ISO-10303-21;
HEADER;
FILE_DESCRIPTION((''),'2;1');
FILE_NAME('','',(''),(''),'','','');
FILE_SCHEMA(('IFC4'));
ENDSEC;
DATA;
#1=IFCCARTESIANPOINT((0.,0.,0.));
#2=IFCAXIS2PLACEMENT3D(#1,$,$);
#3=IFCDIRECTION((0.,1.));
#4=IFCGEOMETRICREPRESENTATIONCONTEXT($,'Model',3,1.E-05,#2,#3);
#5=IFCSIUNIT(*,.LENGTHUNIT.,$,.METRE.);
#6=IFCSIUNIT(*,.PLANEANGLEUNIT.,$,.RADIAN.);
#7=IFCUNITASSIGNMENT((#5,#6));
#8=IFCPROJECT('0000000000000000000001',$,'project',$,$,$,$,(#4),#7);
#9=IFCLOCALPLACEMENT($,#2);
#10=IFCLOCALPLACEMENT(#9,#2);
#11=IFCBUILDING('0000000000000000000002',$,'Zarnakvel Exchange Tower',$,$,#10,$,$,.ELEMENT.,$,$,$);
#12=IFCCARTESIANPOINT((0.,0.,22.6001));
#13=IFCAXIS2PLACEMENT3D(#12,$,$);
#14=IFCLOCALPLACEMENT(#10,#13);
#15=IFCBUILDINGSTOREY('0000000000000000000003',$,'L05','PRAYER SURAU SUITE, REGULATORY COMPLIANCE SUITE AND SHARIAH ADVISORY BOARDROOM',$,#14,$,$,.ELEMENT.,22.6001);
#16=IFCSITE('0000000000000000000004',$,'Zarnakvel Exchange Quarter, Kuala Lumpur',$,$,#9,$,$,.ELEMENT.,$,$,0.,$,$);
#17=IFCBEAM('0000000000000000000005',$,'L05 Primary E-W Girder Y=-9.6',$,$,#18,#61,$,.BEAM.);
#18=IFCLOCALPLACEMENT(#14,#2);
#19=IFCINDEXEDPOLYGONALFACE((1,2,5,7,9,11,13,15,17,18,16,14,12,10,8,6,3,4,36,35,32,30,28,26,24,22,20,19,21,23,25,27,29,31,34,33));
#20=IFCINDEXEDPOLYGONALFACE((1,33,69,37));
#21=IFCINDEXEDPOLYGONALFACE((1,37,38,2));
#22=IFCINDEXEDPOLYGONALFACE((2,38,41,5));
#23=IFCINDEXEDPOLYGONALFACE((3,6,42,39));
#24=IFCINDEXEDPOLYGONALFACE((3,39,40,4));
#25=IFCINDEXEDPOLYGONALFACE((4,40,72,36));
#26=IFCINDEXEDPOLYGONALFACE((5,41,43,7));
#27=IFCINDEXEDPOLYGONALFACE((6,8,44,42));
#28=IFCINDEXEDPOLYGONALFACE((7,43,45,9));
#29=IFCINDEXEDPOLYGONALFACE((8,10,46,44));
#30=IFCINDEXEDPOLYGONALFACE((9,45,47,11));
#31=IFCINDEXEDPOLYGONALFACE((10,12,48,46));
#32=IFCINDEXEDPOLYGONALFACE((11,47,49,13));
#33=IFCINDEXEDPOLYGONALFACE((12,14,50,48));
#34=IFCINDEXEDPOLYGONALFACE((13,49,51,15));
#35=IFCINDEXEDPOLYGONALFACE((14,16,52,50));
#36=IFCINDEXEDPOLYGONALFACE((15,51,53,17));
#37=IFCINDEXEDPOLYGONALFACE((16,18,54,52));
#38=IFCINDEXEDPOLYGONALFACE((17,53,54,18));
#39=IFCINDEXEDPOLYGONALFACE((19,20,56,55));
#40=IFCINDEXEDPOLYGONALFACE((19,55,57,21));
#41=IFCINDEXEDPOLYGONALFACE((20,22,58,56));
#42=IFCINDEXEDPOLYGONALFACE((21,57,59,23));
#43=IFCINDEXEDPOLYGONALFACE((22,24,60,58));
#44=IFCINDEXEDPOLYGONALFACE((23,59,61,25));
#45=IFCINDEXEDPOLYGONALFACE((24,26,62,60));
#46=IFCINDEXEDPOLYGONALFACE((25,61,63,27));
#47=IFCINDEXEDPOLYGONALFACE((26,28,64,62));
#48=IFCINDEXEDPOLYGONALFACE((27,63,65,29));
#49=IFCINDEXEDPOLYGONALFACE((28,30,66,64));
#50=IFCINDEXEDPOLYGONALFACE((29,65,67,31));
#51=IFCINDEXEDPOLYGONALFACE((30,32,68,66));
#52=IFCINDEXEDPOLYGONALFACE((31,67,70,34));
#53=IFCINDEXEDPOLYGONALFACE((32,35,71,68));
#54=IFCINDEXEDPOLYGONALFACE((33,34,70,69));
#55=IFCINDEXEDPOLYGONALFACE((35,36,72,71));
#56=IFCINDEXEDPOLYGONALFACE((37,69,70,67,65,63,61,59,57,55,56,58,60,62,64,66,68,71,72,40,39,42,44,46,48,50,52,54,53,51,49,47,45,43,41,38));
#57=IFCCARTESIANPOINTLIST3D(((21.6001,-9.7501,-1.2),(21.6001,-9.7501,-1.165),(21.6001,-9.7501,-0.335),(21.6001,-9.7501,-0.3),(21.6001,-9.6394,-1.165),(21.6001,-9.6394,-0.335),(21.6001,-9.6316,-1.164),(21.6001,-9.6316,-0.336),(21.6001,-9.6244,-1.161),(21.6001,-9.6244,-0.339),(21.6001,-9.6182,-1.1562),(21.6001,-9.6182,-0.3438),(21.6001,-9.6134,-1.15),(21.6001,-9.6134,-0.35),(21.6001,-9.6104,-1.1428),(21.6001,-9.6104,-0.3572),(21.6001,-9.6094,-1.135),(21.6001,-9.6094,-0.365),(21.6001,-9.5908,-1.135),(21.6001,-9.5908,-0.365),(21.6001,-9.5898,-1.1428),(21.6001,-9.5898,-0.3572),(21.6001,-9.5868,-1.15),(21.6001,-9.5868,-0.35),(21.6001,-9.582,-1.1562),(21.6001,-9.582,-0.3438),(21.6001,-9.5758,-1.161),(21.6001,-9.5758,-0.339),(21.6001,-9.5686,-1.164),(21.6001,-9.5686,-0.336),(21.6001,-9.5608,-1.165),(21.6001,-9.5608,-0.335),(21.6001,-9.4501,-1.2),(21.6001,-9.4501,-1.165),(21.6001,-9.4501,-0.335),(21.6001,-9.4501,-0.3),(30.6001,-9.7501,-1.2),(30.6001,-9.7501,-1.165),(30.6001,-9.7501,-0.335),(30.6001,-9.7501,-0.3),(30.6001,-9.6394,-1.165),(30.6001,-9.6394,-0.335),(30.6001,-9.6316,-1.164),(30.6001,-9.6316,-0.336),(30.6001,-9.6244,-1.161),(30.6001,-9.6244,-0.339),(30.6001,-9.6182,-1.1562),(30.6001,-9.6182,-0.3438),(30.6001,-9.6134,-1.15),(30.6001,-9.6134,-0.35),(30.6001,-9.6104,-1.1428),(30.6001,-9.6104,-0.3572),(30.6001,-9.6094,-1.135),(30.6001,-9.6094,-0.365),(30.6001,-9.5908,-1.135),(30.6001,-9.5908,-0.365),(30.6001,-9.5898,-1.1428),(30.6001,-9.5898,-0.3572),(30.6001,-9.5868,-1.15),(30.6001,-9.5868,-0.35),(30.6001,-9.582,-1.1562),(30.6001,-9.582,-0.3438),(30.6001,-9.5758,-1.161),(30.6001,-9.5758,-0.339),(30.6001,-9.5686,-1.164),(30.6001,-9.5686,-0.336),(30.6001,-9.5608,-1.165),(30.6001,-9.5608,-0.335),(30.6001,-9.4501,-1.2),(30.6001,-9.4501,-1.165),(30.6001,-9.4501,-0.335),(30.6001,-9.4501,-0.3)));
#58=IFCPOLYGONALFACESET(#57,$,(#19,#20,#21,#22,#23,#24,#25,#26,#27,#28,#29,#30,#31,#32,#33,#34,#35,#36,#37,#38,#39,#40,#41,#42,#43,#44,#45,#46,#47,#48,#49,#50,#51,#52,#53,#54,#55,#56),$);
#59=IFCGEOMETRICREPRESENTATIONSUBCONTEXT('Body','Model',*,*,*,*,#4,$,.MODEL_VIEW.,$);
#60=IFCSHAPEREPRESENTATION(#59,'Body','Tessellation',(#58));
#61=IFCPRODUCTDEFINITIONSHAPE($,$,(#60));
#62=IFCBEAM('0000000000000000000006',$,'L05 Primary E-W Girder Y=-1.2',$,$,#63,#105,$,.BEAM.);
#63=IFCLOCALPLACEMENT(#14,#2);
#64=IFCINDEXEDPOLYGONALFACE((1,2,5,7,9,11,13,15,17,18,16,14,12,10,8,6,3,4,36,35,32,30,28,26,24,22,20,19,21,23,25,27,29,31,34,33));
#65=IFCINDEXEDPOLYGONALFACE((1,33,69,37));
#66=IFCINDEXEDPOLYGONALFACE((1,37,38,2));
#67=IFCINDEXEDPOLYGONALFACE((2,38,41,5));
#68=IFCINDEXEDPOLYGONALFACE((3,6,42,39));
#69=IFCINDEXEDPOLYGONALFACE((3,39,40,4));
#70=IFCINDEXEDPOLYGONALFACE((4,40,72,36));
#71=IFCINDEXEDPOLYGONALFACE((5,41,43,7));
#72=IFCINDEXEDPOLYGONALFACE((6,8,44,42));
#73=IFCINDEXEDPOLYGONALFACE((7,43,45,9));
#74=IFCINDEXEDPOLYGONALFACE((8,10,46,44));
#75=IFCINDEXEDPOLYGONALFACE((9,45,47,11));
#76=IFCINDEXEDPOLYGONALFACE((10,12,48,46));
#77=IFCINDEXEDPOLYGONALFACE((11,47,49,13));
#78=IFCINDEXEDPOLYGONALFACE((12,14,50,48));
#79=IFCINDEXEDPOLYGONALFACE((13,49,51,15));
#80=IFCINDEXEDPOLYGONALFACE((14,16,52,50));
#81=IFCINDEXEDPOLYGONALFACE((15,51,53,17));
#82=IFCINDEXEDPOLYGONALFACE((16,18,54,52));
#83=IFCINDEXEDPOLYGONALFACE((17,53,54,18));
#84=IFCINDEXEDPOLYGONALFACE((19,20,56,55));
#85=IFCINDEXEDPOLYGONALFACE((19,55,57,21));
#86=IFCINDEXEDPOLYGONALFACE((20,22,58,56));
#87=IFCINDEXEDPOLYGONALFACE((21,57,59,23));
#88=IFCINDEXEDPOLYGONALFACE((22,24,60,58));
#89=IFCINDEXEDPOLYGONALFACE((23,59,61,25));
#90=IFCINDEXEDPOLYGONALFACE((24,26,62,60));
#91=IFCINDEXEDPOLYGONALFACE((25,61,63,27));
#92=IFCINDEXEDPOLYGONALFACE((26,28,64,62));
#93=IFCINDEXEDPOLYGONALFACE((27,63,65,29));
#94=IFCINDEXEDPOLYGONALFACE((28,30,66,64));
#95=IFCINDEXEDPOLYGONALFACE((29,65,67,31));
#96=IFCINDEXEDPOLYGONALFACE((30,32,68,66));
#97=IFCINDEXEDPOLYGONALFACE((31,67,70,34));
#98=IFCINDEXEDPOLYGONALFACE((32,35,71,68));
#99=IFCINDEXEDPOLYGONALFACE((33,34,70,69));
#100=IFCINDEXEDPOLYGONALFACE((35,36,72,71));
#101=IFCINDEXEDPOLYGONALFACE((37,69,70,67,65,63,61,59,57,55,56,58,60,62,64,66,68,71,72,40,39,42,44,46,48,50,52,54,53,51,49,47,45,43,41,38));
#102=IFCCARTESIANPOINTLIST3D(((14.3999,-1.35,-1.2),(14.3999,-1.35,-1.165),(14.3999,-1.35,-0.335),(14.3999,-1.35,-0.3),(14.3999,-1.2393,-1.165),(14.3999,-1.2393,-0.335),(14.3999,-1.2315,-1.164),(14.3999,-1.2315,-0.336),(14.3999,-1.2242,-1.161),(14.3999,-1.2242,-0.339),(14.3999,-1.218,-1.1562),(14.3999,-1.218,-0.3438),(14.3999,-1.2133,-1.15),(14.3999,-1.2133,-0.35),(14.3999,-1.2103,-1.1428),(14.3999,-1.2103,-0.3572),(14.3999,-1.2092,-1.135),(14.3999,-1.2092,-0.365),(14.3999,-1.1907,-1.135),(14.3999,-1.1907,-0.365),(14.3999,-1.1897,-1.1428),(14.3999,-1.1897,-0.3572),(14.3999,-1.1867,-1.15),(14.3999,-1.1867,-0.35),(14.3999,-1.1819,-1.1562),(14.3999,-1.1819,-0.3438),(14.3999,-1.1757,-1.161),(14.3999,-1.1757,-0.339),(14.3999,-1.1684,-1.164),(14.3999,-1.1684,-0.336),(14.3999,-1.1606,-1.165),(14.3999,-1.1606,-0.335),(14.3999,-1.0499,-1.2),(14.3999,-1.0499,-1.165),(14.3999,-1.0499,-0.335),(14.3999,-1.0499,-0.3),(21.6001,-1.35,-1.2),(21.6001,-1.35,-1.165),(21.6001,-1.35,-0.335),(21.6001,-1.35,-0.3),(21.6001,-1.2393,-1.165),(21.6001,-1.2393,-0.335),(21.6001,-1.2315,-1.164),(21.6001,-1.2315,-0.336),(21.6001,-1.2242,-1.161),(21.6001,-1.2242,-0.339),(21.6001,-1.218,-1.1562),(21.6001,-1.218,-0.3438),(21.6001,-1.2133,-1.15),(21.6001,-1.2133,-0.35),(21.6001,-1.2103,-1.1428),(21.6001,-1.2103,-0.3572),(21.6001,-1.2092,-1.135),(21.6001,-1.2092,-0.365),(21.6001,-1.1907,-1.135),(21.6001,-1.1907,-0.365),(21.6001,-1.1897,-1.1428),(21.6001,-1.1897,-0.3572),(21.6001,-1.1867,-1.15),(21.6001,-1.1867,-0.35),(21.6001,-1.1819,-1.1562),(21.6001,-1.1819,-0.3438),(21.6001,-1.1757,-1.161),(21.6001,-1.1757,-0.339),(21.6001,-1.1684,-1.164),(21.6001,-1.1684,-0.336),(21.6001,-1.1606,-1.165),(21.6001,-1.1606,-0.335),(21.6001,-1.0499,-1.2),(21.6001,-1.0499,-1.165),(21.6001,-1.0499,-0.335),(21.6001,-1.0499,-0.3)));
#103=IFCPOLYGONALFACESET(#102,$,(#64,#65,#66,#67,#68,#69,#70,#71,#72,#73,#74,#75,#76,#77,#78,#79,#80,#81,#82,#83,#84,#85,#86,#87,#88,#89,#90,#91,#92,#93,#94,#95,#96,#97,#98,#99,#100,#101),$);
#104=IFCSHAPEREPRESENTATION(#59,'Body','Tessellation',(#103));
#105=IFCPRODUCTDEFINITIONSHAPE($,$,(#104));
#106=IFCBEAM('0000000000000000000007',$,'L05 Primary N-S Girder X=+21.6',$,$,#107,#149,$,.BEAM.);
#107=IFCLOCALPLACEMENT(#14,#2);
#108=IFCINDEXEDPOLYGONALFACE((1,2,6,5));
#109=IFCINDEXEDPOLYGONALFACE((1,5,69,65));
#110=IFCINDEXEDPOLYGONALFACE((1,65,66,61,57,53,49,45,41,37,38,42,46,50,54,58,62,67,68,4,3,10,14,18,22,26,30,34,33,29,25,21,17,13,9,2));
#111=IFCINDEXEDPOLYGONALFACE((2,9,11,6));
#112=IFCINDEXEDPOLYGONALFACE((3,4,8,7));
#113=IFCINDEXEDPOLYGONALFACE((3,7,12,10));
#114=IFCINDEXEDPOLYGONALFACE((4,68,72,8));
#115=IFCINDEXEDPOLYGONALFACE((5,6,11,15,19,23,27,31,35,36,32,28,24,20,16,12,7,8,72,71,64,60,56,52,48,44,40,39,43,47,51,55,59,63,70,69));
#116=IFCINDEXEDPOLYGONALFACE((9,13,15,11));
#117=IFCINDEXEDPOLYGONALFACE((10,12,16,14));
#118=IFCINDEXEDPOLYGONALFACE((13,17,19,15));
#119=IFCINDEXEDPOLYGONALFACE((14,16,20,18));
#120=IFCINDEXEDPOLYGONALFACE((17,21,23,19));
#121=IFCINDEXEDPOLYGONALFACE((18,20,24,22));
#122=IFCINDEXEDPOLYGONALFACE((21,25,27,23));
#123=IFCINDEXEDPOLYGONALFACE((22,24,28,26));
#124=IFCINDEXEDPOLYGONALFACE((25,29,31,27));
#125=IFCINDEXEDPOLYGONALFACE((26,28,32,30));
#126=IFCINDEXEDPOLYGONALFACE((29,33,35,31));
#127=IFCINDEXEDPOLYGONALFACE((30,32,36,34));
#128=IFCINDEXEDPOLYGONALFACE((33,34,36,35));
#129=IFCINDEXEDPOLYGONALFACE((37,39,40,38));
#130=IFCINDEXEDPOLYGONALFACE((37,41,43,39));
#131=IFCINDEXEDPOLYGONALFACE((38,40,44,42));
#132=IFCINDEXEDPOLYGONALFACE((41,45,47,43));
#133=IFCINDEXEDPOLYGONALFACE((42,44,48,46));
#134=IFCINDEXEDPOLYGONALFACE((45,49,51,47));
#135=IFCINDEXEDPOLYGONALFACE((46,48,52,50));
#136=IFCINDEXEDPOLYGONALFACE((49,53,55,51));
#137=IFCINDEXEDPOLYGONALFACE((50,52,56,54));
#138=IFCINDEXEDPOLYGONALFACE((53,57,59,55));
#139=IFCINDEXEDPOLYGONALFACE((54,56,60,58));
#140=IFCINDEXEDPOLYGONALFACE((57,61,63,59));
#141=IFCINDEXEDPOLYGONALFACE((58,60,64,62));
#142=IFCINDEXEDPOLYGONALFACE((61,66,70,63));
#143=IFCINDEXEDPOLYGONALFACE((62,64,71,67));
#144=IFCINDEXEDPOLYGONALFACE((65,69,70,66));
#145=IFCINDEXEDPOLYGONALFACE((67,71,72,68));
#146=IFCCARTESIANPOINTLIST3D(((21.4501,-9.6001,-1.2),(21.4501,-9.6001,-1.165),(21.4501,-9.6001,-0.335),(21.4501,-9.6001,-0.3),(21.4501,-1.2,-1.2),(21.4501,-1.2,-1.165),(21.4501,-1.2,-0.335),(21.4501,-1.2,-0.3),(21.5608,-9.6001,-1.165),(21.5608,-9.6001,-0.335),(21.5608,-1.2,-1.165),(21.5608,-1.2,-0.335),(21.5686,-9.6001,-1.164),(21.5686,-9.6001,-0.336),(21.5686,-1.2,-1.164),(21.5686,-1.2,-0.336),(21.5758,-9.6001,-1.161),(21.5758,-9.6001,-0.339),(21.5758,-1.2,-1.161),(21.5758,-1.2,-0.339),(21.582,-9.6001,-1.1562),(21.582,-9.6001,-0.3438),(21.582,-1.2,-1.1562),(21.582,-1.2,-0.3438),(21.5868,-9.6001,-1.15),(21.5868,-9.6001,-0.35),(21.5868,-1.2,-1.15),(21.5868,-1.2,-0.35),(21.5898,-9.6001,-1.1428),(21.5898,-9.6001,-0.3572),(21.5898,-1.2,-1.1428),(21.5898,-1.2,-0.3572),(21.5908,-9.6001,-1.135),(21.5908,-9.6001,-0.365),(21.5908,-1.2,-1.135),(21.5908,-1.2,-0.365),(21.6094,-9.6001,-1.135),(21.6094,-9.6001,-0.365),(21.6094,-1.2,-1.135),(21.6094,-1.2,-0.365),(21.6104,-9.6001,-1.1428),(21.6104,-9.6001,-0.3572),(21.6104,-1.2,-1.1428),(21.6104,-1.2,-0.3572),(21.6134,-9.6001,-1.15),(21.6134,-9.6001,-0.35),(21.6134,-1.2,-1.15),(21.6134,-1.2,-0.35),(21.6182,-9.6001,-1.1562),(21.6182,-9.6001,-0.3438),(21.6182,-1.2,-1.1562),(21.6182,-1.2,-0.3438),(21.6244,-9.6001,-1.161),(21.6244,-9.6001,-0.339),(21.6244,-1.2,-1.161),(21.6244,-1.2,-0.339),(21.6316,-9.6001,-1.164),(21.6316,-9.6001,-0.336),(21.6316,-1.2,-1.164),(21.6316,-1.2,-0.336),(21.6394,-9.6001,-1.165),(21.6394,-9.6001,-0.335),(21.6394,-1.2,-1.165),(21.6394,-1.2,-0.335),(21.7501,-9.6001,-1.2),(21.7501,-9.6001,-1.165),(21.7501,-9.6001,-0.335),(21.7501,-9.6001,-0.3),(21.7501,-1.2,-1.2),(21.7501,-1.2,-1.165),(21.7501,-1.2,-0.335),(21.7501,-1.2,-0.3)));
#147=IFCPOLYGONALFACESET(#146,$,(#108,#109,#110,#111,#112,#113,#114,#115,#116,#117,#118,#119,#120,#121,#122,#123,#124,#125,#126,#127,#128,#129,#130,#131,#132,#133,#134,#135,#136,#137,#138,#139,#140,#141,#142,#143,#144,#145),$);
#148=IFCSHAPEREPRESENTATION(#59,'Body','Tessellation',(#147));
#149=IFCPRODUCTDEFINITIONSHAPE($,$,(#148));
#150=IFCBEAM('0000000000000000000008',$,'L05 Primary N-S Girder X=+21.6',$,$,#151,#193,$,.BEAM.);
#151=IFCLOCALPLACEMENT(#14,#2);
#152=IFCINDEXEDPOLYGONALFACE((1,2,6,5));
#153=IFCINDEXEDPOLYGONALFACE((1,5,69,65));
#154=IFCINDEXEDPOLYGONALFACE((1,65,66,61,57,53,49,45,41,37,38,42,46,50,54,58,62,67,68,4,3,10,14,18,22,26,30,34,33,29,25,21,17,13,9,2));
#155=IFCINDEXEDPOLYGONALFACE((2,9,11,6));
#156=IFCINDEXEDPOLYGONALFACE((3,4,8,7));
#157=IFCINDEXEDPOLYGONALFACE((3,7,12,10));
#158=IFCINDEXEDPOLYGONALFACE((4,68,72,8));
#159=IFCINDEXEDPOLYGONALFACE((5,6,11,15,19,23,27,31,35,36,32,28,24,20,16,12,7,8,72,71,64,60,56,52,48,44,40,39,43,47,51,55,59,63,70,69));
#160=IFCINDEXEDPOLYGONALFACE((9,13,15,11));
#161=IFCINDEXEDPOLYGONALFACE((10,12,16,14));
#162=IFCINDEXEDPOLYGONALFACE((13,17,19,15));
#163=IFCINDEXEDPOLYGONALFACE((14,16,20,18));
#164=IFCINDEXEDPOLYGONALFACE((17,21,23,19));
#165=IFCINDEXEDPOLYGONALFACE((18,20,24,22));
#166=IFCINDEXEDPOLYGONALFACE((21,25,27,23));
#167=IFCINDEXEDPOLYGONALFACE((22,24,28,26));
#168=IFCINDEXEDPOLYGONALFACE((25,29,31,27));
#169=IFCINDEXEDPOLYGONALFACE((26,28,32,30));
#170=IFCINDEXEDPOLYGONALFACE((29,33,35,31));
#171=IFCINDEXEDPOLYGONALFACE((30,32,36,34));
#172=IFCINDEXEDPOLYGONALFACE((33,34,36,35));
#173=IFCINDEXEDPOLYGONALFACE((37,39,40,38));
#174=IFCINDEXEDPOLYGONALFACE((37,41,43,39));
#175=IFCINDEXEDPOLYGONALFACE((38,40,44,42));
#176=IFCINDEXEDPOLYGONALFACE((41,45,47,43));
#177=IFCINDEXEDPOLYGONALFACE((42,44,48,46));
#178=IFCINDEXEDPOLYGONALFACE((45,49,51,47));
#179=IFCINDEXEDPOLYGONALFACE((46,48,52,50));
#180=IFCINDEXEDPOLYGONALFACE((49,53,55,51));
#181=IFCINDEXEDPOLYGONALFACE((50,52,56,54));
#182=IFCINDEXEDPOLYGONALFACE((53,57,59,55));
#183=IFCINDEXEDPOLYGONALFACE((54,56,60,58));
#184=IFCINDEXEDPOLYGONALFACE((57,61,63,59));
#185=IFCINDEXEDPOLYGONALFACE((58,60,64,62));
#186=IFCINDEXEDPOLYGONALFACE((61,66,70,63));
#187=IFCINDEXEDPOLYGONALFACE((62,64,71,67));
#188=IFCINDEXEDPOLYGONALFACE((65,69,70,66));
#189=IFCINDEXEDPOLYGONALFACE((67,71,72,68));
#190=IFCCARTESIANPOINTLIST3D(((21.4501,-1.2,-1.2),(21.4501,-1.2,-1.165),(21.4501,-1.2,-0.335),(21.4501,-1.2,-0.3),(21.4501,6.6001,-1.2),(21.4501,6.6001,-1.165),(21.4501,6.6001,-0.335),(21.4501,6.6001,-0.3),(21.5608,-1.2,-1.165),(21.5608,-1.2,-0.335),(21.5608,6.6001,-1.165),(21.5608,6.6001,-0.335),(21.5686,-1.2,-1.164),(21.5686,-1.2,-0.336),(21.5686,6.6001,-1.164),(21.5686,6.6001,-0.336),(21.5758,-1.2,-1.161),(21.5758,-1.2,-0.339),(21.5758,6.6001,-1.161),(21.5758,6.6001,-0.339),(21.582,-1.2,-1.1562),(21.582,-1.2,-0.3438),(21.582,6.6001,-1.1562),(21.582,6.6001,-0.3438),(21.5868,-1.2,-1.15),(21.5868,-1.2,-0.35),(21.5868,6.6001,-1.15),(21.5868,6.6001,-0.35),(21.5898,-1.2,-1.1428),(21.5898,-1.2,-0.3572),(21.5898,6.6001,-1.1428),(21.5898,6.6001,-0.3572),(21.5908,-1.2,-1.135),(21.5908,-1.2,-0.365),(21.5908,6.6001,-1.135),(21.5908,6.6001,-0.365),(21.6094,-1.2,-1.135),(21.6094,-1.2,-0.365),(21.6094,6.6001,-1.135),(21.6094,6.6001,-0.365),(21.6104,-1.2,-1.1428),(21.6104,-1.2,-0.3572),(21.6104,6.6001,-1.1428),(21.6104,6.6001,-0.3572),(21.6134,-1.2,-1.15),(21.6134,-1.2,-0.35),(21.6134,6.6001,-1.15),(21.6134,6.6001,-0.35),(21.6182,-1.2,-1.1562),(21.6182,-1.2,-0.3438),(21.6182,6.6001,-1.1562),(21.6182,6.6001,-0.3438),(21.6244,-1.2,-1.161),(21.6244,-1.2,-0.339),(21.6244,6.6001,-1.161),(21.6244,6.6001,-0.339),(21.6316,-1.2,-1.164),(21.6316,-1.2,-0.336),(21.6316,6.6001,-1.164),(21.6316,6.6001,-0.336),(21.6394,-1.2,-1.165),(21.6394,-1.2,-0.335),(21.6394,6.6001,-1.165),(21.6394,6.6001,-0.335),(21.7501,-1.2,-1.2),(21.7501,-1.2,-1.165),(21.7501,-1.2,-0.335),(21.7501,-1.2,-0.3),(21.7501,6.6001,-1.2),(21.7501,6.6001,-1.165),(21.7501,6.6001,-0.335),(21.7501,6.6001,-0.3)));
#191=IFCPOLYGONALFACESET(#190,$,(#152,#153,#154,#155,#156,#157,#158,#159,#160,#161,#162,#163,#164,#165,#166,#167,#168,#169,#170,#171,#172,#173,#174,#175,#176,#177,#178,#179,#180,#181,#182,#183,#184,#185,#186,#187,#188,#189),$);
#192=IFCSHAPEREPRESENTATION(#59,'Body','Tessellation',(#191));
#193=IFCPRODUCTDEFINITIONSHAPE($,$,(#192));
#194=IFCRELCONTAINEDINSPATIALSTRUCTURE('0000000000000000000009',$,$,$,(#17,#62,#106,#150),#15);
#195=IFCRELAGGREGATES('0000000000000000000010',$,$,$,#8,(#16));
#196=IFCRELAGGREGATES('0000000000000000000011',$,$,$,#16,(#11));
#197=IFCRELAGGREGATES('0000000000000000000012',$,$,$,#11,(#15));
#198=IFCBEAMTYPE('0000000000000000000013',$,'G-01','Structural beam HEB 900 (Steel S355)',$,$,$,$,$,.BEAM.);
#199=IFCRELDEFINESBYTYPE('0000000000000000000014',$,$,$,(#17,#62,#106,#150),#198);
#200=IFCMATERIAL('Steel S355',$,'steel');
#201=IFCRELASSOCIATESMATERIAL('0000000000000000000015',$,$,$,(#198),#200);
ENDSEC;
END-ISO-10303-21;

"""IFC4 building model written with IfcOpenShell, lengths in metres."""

from ifc_helpers import new_model, si_unit, direction, frame, origin, origin_2d, place, context, subcontext, project, spatial, i_section, extrude, material, material_profile, profile_set, type_object, element, save


model = new_model("IFC4")

# Units and contexts
model_context = context("Model", 3, precision=1e-05, world=origin(), true_north=direction((0.0, 1.0)))
body_context = subcontext(model_context, "Body", "Model", "MODEL_VIEW")
ifc_project = project(units=[si_unit("LENGTHUNIT", "METRE"), si_unit("PLANEANGLEUNIT", "RADIAN")], contexts=[model_context])

# Site, building, storey
site_placement = place(None, origin())
site = spatial("IfcSite", under=ifc_project, at=site_placement, Name="Zarnakvel Exchange Quarter, Kuala Lumpur", CompositionType="ELEMENT", RefElevation=0.0)
building_placement = place(site_placement, origin())
building = spatial("IfcBuilding", under=site, at=building_placement, Name="Zarnakvel Exchange Tower", CompositionType="ELEMENT")
storey_placement = place(building_placement, frame((0.0, 0.0, 22.6001)))
storey = spatial("IfcBuildingStorey", under=building, at=storey_placement, Name="L05", Description="PRAYER SURAU SUITE, REGULATORY COMPLIANCE SUITE AND SHARIAH ADVISORY BOARDROOM", CompositionType="ELEMENT", Elevation=22.6001)

# Beams
ifc_material_1 = material(Name="Steel S355", Category="steel")
ifc_material_profile_1 = material_profile(ifc_material_1, i_section(OverallWidth=0.3, OverallDepth=0.8999, WebThickness=0.0186, FlangeThickness=0.0349, FilletRadius=0.03, at=origin_2d()))
ifc_profile_set_1 = profile_set([ifc_material_profile_1], Name="Steel S355")
beam_type_1 = type_object("IfcBeamType", Name="G-01", Description="Structural beam HEB 900 (Steel S355)", PredefinedType="BEAM", material=ifc_profile_set_1)
beam_1_placement = place(storey_placement, frame((21.6001, -9.6001, -0.75), z_axis=(1.0, 0.0, 0.0), x_axis=(0.0, 1.0, 0.0)))
element("IfcBeam", 1, at=beam_1_placement, inside=storey, type_object=beam_type_1, Name="L05 Primary E-W Girder Y=-9.6", PredefinedType="BEAM", context=body_context, shape_type="SweptSolid", body=[
    extrude(i_section(OverallWidth=0.3, OverallDepth=0.8999, WebThickness=0.0186, FlangeThickness=0.0349, FilletRadius=0.03, at=origin_2d()), origin(), (0.0, 0.0, 1.0), 9.0),
])
beam_2_placement = place(storey_placement, frame((14.3999, -1.2, -0.75), z_axis=(1.0, 0.0, 0.0), x_axis=(0.0, 1.0, 0.0)))
element("IfcBeam", 2, at=beam_2_placement, inside=storey, type_object=beam_type_1, Name="L05 Primary E-W Girder Y=-1.2", PredefinedType="BEAM", context=body_context, shape_type="SweptSolid", body=[
    extrude(i_section(OverallWidth=0.3, OverallDepth=0.8999, WebThickness=0.0186, FlangeThickness=0.0349, FilletRadius=0.03, at=origin_2d()), origin(), (0.0, 0.0, 1.0), 7.2002),
])
beam_3_placement = place(storey_placement, frame((21.6001, -9.6001, -0.75), z_axis=(0.0, 1.0, 0.0), x_axis=(-1.0, 0.0, 0.0)))
element("IfcBeam", 3, at=beam_3_placement, inside=storey, type_object=beam_type_1, Name="L05 Primary N-S Girder X=+21.6", PredefinedType="BEAM", context=body_context, shape_type="SweptSolid", body=[
    extrude(i_section(OverallWidth=0.3, OverallDepth=0.8999, WebThickness=0.0186, FlangeThickness=0.0349, FilletRadius=0.03, at=origin_2d()), origin(), (0.0, 0.0, 1.0), 8.4001),
])
beam_4_placement = place(storey_placement, frame((21.6001, -1.2, -0.75), z_axis=(0.0, 1.0, 0.0), x_axis=(-1.0, 0.0, 0.0)))
element("IfcBeam", 4, at=beam_4_placement, inside=storey, type_object=beam_type_1, Name="L05 Primary N-S Girder X=+21.6", PredefinedType="BEAM", context=body_context, shape_type="SweptSolid", body=[
    extrude(i_section(OverallWidth=0.3, OverallDepth=0.8999, WebThickness=0.0186, FlangeThickness=0.0349, FilletRadius=0.03, at=origin_2d()), origin(), (0.0, 0.0, 1.0), 7.8),
])

save(model, "model.ifc")
